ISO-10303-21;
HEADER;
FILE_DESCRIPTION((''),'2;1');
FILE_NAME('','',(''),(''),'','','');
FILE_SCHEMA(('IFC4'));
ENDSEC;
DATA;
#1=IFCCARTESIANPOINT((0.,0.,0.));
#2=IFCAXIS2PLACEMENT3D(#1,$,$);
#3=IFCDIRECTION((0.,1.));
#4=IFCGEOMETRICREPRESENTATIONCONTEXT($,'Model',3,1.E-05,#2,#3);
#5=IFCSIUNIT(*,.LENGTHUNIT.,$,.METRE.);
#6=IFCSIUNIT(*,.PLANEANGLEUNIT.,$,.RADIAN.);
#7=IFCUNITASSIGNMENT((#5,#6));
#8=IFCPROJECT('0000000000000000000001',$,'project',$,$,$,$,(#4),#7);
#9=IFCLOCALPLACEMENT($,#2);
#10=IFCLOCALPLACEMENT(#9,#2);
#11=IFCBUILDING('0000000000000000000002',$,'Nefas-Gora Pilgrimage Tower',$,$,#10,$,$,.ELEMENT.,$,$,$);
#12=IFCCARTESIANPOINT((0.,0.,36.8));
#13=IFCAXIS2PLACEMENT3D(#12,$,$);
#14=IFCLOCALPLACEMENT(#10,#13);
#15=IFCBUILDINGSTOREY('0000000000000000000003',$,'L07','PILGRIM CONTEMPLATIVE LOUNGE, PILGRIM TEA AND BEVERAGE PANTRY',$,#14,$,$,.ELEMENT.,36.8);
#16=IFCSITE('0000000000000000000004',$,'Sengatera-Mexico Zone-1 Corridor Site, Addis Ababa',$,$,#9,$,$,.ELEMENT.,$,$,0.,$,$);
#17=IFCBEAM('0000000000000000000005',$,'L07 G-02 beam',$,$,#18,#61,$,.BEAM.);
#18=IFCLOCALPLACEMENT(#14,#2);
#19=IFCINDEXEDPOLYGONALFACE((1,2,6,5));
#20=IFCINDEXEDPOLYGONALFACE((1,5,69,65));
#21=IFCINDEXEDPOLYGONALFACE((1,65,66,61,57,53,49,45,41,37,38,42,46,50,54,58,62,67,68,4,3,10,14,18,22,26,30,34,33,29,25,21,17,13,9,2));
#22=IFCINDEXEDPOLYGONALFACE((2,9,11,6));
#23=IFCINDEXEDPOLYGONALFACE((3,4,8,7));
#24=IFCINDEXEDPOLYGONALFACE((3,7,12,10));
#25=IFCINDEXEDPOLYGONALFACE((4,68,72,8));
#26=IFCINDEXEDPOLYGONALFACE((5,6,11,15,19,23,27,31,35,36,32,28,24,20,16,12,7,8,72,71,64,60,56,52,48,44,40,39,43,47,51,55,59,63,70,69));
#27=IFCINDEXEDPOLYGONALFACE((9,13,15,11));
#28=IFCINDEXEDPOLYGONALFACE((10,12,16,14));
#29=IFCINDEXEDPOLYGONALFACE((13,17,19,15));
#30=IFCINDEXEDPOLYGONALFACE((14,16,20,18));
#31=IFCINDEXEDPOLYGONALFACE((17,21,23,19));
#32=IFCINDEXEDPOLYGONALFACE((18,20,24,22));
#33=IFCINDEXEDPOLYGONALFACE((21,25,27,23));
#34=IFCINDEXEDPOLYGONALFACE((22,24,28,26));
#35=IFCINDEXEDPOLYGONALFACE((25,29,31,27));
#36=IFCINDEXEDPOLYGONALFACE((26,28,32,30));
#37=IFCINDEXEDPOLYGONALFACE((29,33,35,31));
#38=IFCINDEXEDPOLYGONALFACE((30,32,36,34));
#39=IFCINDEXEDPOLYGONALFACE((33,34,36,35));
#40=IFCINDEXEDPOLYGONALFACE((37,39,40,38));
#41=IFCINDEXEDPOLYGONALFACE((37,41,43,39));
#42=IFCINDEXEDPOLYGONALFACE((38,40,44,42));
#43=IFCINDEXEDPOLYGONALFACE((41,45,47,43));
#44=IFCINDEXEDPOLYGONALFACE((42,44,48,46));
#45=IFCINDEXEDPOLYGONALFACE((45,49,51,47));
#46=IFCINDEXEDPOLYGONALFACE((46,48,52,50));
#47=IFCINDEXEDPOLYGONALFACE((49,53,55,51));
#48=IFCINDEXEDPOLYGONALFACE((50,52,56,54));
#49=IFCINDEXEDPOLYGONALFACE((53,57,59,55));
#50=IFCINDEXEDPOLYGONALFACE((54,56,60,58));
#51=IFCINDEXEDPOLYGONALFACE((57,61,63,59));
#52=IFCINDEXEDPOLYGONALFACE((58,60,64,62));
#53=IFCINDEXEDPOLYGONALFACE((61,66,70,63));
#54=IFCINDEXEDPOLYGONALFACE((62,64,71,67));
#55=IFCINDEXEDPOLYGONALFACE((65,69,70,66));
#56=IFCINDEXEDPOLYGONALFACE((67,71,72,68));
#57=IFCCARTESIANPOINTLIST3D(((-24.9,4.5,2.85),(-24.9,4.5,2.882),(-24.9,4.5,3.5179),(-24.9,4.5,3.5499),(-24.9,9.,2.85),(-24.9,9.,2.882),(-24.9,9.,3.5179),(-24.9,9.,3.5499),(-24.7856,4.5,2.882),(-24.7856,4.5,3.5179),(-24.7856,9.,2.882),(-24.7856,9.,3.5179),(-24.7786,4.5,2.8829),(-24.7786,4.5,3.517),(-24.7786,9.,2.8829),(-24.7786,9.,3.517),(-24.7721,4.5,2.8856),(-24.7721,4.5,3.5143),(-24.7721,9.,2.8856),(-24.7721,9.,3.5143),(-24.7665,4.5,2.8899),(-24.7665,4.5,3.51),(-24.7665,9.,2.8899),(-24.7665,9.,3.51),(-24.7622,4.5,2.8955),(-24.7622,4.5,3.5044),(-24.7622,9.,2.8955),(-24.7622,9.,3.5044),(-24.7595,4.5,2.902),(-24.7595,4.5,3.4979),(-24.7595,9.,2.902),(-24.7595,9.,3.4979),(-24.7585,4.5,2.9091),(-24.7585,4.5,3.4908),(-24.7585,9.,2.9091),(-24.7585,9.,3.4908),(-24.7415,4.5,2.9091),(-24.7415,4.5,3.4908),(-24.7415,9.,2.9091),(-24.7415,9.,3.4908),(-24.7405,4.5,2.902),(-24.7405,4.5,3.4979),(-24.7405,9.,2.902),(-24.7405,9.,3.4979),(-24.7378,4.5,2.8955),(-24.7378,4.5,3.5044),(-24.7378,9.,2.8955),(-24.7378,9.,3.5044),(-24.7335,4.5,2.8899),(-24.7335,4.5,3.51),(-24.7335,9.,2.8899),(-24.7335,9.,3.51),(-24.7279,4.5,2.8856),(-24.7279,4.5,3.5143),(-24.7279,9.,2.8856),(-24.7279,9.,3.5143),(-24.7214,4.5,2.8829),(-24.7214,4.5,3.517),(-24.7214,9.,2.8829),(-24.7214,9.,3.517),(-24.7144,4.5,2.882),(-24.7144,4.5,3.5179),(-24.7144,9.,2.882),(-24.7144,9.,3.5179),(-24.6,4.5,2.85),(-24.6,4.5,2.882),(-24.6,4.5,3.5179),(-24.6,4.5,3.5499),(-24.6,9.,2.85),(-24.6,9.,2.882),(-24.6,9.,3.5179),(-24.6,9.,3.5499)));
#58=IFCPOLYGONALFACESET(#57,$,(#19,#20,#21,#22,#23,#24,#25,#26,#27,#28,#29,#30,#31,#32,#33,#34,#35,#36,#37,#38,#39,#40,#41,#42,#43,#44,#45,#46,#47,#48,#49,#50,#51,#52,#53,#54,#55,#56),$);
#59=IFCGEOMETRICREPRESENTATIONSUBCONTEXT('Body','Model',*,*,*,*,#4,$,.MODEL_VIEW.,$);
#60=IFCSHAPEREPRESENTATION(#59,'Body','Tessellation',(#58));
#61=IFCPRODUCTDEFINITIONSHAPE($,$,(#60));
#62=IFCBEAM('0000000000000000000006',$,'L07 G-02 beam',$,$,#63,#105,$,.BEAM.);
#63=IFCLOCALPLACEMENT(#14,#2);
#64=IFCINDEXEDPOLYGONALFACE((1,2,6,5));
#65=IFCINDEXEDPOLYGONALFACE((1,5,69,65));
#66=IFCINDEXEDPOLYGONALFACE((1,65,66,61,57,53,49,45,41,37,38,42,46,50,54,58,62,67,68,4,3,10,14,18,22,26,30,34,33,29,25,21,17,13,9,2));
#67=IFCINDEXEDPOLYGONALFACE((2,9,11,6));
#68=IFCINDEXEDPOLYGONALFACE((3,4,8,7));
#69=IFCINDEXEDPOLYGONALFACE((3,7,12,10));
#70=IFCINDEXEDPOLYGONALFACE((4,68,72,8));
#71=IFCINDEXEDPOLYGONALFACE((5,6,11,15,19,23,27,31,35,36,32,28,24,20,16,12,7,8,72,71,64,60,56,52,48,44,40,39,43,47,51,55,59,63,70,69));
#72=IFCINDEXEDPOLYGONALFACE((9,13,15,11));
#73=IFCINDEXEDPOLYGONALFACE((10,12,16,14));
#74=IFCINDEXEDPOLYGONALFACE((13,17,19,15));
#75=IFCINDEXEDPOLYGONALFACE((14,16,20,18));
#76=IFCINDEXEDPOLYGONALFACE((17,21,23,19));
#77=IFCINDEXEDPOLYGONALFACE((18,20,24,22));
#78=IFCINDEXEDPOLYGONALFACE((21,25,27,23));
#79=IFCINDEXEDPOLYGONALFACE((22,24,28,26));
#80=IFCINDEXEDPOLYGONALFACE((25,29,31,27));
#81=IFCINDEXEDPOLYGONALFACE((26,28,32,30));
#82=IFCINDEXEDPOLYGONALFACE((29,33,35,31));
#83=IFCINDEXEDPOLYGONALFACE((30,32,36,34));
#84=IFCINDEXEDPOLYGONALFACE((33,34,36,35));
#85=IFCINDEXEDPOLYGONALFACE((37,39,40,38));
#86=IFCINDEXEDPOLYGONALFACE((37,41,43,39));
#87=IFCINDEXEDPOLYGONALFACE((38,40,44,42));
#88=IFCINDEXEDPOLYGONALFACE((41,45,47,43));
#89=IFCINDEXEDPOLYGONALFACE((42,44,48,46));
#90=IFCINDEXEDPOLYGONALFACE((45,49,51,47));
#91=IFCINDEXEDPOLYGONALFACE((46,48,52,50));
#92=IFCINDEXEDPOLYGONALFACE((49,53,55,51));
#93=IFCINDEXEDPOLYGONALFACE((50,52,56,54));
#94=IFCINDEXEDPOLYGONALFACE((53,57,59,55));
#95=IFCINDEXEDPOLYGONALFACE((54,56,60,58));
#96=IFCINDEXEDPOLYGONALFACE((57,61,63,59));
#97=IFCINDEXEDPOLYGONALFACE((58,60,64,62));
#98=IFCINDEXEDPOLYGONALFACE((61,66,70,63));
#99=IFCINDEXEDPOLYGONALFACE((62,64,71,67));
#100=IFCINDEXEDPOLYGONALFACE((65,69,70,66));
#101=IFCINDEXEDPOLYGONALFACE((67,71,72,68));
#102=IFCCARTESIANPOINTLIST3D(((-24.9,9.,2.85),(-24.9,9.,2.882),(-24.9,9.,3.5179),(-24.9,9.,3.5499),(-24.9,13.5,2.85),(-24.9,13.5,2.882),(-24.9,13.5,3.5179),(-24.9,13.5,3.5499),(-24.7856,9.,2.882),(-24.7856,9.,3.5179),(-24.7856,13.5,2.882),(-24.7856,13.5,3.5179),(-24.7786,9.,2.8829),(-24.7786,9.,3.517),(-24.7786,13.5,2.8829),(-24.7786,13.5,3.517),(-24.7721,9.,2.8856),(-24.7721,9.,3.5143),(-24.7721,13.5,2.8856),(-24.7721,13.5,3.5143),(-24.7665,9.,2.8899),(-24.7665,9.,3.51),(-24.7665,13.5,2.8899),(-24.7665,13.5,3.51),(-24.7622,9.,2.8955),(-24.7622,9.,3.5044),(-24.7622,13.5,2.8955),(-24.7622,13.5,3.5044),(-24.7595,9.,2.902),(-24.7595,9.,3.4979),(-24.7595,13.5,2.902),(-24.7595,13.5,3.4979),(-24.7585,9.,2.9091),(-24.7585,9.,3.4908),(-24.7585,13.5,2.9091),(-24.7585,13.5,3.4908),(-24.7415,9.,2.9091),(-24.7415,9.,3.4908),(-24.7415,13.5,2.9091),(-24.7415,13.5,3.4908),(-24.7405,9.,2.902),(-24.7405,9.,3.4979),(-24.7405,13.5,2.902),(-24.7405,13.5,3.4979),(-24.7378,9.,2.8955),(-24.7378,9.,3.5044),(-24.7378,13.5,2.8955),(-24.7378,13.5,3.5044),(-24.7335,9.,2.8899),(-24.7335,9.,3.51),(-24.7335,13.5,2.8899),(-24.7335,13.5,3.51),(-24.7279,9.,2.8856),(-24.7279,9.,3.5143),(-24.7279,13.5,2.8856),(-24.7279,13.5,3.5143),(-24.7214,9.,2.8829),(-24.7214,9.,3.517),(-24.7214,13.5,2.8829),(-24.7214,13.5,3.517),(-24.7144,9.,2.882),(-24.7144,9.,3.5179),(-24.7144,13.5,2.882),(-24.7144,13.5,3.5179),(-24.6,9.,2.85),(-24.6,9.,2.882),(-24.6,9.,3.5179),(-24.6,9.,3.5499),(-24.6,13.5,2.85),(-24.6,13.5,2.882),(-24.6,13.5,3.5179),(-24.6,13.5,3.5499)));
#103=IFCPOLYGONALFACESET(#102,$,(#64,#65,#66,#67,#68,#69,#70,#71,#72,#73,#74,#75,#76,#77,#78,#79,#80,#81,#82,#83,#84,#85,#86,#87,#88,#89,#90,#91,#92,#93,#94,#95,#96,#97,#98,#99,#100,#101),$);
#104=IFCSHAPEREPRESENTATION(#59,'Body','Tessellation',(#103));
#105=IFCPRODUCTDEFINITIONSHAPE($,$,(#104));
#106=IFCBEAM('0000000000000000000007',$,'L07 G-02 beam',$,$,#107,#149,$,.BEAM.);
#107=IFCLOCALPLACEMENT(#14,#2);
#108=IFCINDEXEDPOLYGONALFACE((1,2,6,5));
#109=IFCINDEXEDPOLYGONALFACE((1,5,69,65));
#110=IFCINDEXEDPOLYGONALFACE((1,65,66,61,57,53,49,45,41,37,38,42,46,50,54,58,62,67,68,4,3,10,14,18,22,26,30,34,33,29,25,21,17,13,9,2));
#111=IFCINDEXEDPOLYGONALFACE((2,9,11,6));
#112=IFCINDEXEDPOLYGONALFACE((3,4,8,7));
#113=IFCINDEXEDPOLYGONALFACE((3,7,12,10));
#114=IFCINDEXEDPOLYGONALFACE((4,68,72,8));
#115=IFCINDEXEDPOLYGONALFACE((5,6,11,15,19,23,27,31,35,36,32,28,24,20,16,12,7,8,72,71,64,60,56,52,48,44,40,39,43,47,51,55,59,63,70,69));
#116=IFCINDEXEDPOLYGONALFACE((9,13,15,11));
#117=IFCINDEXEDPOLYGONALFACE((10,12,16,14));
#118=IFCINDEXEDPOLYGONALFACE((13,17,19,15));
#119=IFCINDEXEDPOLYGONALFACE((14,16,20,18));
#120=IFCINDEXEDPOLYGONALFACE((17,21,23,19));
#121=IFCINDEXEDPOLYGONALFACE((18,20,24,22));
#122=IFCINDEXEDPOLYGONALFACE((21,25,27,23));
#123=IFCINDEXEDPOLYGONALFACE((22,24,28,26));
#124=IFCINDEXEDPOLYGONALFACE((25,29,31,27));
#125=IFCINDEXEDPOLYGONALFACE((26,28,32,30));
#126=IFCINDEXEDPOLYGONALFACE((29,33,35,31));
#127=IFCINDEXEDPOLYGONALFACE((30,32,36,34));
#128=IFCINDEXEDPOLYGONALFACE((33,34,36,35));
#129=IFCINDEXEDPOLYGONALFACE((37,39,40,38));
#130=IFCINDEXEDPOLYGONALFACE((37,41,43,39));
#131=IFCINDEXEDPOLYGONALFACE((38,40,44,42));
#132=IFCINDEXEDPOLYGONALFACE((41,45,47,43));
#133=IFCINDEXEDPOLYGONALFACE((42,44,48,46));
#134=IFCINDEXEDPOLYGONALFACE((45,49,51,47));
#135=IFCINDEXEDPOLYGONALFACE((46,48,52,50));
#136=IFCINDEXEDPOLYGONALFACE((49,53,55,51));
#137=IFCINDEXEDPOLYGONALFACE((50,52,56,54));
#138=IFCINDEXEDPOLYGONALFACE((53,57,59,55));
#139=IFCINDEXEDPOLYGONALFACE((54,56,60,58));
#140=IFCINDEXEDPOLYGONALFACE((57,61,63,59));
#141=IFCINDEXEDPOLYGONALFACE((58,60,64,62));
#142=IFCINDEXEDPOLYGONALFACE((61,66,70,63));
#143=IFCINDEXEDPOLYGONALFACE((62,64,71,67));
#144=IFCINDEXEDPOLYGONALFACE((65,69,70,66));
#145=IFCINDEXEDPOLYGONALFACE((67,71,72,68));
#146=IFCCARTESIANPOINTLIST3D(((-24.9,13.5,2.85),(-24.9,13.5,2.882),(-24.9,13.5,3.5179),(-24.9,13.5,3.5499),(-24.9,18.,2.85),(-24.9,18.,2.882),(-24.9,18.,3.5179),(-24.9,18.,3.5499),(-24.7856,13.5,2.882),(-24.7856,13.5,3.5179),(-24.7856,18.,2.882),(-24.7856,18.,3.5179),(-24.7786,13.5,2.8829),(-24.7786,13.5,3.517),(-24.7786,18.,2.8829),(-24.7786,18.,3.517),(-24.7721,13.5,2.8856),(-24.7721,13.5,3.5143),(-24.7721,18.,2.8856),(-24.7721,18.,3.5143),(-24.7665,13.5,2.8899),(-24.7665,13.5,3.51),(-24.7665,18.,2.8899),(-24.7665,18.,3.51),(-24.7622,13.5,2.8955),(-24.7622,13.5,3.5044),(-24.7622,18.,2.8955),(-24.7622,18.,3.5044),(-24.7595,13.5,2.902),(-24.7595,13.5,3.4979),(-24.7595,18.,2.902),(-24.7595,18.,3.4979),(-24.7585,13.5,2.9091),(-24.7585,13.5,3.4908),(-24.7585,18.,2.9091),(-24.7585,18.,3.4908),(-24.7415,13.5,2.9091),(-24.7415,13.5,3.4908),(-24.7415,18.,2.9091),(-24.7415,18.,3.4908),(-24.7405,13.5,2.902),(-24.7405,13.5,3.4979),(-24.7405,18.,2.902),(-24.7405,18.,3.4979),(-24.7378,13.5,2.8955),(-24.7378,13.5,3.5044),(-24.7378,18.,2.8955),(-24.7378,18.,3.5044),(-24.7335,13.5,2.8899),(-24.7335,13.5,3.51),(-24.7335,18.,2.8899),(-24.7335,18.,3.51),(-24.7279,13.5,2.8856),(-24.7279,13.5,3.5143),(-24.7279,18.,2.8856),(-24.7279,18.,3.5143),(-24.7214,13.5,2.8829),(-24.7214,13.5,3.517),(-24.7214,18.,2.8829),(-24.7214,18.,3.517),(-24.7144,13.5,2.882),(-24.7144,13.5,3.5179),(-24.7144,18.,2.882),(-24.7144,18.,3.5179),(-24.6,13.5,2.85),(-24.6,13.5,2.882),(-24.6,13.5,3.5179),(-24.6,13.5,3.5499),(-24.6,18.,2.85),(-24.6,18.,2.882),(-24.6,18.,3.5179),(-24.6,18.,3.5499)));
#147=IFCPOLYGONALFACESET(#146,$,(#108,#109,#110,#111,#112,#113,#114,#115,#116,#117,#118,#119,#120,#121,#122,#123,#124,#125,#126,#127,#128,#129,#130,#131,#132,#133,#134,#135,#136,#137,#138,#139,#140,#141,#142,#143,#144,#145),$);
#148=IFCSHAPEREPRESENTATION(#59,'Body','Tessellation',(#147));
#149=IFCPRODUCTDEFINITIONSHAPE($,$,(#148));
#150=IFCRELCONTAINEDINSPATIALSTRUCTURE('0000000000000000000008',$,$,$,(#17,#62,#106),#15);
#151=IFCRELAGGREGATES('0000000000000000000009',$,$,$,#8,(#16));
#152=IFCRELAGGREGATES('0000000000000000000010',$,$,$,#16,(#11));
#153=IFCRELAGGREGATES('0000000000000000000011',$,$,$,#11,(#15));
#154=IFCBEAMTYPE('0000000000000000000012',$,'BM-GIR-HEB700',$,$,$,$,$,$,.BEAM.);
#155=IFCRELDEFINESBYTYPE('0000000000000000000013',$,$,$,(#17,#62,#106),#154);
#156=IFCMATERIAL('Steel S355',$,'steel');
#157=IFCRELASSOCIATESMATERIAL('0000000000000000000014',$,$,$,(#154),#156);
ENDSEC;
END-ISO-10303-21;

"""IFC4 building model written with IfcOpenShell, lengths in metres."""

from ifc_helpers import new_model, si_unit, direction, frame, origin, origin_2d, place, context, subcontext, project, spatial, i_section, extrude, source, transform, mapped, material, material_profile, profile_set, type_object, element, save


model = new_model("IFC4")

# Units and contexts
model_context = context("Model", 3, precision=1e-05, world=origin(), true_north=direction((0.0, 1.0)))
body_context = subcontext(model_context, "Body", "Model", "MODEL_VIEW")
ifc_project = project(units=[si_unit("LENGTHUNIT", "METRE"), si_unit("PLANEANGLEUNIT", "RADIAN")], contexts=[model_context])

# Site, building, storey
site_placement = place(None, origin())
site = spatial("IfcSite", under=ifc_project, at=site_placement, Name="Sengatera-Mexico Zone-1 Corridor Site, Addis Ababa", CompositionType="ELEMENT", RefElevation=0.0)
building_placement = place(site_placement, origin())
building = spatial("IfcBuilding", under=site, at=building_placement, Name="Nefas-Gora Pilgrimage Tower", CompositionType="ELEMENT")
storey_placement = place(building_placement, frame((0.0, 0.0, 36.8)))
storey = spatial("IfcBuildingStorey", under=building, at=storey_placement, Name="L07", Description="PILGRIM CONTEMPLATIVE LOUNGE, PILGRIM TEA AND BEVERAGE PANTRY", CompositionType="ELEMENT", Elevation=36.8)

# Beams
ifc_material_1 = material(Name="Steel S355", Category="steel")
ifc_material_profile_1 = material_profile(ifc_material_1, i_section(OverallWidth=0.3, OverallDepth=0.7, WebThickness=0.0171, FlangeThickness=0.032, FilletRadius=0.0271, at=origin_2d()), Name="HEB 700")
ifc_profile_set_1 = profile_set([ifc_material_profile_1], Name="Steel S355")
beam_type_1 = type_object("IfcBeamType", Name="BM-GIR-HEB700", PredefinedType="BEAM", material=ifc_profile_set_1)
shared_shape_1 = source(origin(), body_context, "Body", "SweptSolid", [
    extrude(i_section(OverallWidth=0.3, OverallDepth=0.7, WebThickness=0.0171, FlangeThickness=0.032, FilletRadius=0.0271, at=origin_2d()), origin(), (0.0, 0.0, 1.0), 4.5),
])
for number, where, z_axis, x_axis, name in (
    (1, (-24.75, 4.5, 3.2), (0.0, 1.0, 0.0), (-1.0, 0.0, 0.0), "L07 G-02 beam"),
    (2, (-24.75, 9.0, 3.2), (0.0, 1.0, 0.0), (-1.0, 0.0, 0.0), "L07 G-02 beam"),
    (3, (-24.75, 13.5, 3.2), (0.0, 1.0, 0.0), (-1.0, 0.0, 0.0), "L07 G-02 beam"),
):
    element("IfcBeam", number, at=place(storey_placement, frame(where, z_axis=z_axis, x_axis=x_axis)), inside=storey, type_object=beam_type_1, Name=name, PredefinedType="BEAM", context=body_context, shape_type="MappedRepresentation", body=[
        mapped(shared_shape_1, transform((0.0, 0.0, 0.0), x_axis=(1.0, 0.0, 0.0), y_axis=(0.0, 1.0, 0.0), z_axis=(0.0, 0.0, 1.0), scale=1.0)),
    ])

save(model, "model.ifc")
